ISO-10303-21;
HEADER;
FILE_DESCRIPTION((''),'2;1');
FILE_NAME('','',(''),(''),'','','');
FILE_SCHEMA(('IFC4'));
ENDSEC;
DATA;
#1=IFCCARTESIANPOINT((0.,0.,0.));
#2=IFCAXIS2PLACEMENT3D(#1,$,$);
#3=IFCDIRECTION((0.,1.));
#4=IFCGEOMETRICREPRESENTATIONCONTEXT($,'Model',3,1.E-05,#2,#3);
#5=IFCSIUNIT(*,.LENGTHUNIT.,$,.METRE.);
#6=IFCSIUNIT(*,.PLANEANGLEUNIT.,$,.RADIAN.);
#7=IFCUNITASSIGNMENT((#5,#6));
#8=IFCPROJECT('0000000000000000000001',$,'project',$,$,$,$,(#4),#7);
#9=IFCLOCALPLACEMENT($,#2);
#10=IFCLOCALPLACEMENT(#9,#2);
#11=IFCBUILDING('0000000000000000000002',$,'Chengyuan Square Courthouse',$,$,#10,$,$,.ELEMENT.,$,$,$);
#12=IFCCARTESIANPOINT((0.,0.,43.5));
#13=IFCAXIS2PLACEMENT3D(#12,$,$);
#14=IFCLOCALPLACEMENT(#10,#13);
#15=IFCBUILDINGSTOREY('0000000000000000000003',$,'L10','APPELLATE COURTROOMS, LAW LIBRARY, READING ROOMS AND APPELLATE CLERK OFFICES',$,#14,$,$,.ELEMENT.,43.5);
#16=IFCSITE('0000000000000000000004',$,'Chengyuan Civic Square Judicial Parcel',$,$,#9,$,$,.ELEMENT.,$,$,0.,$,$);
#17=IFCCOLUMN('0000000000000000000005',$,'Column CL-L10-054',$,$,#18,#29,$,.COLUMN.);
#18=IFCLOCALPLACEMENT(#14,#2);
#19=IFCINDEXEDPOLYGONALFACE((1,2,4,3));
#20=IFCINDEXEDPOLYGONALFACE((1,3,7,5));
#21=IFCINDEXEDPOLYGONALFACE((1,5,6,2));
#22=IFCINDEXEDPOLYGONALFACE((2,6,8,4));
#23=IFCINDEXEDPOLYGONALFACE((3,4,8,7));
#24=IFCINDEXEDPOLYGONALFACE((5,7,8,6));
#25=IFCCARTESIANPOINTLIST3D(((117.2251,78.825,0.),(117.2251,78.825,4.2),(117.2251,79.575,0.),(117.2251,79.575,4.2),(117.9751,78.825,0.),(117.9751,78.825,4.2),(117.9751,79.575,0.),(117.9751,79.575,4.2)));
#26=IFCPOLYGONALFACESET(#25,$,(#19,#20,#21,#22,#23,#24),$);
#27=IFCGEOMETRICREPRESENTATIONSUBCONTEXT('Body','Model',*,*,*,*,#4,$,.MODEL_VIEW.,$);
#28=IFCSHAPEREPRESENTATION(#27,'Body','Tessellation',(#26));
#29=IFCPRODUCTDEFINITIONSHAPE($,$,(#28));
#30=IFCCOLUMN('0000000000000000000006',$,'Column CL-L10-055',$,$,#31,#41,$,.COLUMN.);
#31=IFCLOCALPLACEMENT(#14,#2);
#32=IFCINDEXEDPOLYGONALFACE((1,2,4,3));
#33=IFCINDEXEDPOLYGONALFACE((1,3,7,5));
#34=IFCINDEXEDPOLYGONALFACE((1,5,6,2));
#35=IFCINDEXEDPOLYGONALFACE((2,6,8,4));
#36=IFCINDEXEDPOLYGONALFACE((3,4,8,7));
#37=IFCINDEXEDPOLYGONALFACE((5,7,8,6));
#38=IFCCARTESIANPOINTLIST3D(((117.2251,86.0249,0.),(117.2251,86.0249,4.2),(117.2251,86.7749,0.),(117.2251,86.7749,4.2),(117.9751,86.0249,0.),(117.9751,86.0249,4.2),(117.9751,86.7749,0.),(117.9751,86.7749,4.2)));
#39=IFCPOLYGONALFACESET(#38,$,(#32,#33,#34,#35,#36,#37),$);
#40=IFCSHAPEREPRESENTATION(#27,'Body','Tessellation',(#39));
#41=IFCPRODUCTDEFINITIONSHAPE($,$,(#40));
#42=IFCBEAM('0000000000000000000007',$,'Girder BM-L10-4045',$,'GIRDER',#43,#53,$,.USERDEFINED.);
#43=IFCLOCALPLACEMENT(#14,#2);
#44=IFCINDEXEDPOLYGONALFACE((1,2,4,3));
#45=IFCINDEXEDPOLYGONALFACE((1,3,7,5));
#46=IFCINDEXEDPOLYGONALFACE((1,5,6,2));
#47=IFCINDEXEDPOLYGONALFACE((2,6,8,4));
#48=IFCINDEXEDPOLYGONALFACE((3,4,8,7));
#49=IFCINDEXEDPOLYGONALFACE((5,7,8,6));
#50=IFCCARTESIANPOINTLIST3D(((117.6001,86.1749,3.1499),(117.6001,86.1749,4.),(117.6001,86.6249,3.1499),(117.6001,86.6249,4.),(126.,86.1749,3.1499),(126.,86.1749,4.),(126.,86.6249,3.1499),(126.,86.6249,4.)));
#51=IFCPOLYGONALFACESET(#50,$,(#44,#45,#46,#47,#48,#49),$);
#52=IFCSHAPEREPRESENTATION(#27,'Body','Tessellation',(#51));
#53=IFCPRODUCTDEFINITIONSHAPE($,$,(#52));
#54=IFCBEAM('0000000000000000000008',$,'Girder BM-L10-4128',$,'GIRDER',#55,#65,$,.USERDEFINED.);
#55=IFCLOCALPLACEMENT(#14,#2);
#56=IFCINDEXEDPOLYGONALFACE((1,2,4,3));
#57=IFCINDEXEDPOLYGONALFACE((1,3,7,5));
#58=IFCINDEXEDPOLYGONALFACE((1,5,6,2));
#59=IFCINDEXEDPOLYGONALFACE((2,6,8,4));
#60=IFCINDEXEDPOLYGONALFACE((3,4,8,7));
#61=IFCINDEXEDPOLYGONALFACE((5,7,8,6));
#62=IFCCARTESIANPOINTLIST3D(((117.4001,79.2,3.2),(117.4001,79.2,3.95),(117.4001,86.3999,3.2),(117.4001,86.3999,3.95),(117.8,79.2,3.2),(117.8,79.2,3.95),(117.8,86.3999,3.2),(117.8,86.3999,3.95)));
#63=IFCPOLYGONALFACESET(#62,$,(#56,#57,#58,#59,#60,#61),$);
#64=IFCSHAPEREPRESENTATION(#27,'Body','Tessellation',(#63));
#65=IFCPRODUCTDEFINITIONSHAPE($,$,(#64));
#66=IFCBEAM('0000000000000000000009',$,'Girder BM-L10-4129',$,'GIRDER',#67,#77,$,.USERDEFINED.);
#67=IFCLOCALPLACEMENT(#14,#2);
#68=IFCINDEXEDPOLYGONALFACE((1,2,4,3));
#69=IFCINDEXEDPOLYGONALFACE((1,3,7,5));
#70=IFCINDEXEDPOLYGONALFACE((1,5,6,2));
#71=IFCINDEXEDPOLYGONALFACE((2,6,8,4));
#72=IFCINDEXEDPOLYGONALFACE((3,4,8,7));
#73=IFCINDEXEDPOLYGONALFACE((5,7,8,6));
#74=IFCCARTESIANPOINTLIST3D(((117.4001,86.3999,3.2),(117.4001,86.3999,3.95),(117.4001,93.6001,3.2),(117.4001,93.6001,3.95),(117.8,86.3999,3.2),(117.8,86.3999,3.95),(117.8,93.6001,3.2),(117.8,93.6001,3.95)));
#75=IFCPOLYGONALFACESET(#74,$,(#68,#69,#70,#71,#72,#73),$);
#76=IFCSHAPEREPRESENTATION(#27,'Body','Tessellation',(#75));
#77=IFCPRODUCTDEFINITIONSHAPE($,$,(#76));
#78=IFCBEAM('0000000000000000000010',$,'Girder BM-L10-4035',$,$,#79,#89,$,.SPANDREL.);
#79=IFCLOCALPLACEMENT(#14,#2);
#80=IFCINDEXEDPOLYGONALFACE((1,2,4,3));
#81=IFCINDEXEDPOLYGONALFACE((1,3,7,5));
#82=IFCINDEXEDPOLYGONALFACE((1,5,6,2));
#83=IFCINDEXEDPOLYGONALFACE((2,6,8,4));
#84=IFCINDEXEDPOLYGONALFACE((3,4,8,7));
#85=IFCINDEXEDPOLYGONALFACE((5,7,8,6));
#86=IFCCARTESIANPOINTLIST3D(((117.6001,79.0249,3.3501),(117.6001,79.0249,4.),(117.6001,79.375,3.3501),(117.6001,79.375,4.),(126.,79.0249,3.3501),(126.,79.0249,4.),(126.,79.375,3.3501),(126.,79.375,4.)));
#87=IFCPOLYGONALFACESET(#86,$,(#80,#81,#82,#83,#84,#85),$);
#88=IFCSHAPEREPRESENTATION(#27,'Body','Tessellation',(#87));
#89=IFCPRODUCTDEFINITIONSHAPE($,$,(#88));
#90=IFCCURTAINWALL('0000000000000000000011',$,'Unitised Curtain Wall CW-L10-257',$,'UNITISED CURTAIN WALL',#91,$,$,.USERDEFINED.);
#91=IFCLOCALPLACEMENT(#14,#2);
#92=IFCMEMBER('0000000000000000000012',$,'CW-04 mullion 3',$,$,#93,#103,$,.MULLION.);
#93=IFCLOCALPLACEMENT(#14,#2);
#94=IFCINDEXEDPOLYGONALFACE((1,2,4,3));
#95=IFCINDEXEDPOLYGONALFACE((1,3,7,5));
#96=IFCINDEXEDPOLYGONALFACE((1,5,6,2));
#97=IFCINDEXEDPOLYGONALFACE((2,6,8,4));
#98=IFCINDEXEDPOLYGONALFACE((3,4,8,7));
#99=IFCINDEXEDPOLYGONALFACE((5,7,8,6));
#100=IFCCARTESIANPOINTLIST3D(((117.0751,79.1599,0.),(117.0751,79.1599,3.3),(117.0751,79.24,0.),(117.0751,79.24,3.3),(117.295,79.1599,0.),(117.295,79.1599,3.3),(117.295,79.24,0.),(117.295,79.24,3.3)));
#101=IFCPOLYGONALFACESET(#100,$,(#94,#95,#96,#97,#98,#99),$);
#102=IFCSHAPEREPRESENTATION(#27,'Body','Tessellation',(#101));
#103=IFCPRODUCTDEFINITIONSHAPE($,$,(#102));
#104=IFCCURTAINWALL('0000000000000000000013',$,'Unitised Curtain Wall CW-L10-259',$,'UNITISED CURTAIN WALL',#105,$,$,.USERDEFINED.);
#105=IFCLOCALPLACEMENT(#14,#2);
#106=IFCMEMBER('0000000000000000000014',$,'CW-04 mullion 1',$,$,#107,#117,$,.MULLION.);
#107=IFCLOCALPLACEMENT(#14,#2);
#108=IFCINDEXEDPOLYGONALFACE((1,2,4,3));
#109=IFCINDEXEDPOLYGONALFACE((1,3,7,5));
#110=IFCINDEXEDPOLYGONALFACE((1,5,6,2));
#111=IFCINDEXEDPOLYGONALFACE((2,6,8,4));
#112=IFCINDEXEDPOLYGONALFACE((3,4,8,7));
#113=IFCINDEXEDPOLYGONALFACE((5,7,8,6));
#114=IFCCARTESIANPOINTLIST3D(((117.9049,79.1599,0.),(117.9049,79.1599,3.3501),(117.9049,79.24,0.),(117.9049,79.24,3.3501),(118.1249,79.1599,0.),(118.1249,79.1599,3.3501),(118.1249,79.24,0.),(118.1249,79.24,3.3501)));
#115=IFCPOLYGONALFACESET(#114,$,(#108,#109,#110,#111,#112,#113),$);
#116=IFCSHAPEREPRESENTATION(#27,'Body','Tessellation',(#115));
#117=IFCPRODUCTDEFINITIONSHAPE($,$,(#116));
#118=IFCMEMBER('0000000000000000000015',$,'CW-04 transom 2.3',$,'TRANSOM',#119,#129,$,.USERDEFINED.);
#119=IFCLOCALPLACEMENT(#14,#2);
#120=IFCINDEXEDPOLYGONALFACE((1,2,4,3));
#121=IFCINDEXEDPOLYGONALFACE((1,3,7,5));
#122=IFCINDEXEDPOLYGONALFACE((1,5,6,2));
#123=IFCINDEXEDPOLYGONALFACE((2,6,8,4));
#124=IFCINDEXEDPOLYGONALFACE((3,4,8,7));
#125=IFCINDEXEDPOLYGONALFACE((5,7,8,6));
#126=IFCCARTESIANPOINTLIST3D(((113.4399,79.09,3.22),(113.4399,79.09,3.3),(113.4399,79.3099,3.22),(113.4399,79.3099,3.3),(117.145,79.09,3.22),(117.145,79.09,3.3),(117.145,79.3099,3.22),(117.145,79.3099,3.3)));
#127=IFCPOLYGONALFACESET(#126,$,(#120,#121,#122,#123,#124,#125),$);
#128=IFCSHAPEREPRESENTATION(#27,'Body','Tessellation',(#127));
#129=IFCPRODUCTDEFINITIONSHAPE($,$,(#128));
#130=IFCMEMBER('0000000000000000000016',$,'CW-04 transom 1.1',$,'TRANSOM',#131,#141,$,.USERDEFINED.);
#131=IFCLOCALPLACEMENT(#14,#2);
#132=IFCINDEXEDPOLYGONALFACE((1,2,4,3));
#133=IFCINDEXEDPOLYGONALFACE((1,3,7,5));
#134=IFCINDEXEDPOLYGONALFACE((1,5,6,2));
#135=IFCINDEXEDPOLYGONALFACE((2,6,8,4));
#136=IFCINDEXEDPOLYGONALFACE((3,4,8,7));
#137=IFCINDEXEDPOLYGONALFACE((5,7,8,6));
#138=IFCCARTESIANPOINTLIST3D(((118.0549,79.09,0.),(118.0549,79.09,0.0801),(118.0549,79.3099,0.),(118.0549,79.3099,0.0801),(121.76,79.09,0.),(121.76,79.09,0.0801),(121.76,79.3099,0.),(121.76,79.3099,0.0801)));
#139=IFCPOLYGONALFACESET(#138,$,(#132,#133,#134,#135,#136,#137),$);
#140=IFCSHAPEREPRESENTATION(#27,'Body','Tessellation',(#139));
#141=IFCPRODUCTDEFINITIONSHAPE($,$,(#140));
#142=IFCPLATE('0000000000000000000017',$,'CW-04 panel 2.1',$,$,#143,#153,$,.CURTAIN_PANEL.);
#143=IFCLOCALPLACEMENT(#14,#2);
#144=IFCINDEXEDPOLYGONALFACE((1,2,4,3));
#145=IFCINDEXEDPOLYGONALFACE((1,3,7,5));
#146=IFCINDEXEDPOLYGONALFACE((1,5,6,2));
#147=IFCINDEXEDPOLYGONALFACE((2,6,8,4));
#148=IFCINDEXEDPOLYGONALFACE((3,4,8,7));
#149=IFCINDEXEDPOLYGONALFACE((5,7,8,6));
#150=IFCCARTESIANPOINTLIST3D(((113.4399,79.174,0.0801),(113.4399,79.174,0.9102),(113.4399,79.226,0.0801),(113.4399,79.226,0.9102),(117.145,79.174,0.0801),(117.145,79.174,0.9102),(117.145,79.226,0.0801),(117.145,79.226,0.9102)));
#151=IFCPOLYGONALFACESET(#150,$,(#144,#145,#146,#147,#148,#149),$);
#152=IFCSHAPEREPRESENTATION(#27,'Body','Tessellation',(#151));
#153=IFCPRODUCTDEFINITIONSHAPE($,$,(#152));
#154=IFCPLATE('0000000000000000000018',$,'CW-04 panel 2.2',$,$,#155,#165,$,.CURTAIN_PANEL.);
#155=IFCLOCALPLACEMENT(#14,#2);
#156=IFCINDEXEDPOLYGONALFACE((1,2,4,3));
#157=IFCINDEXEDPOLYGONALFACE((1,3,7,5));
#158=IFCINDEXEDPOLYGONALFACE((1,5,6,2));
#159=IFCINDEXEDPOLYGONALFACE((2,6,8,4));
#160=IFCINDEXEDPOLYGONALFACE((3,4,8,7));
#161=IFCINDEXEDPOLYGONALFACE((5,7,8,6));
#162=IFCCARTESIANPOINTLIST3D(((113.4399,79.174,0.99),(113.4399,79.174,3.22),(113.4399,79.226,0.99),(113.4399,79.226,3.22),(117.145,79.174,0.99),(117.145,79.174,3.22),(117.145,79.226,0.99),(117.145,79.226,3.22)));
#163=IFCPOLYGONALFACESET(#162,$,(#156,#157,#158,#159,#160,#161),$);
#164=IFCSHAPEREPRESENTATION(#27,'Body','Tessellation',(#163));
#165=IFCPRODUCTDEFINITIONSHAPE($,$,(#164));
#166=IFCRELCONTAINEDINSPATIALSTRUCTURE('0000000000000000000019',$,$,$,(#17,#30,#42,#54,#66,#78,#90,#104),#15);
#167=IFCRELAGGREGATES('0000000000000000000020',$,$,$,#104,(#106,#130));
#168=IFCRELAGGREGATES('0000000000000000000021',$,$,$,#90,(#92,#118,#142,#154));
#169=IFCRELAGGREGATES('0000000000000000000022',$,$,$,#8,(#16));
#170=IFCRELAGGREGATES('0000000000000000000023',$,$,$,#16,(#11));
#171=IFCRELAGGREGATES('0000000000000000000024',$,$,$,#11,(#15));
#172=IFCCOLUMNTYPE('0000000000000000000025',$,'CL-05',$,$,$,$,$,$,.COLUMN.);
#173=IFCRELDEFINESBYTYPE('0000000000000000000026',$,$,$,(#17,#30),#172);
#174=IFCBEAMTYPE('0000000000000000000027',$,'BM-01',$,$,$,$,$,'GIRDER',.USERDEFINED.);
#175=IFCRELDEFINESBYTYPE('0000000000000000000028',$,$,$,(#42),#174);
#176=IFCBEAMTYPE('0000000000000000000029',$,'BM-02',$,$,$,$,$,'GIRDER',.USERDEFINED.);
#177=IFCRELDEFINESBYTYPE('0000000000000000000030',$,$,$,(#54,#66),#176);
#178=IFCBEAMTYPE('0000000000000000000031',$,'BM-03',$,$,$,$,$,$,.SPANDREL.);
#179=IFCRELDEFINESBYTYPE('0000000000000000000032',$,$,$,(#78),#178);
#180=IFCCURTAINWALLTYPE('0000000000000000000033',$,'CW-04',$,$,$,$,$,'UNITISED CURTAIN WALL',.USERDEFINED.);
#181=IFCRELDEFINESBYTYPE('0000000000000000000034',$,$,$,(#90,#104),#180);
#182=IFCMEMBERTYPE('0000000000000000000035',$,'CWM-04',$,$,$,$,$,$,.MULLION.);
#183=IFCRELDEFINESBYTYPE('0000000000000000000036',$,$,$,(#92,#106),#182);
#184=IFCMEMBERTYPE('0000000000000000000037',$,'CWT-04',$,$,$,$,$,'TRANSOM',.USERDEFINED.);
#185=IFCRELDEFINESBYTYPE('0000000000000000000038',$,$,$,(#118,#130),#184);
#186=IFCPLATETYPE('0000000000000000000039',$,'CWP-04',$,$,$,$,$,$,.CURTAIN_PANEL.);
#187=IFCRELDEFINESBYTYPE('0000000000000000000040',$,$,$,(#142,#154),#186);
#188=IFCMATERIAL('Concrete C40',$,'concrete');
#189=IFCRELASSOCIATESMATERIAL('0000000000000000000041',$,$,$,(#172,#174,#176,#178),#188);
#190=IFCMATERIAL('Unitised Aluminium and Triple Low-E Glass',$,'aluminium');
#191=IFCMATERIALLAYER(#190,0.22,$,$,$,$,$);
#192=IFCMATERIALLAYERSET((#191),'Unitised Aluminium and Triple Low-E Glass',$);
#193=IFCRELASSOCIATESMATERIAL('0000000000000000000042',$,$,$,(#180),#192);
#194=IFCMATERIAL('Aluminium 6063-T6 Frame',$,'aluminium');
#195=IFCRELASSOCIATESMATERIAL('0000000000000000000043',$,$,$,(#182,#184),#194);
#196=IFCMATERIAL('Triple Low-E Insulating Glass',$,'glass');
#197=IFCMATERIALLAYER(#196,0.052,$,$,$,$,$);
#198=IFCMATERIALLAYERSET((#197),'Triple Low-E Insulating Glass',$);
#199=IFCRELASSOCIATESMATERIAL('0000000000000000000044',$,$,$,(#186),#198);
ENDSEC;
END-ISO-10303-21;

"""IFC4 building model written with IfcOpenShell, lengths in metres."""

from ifc_helpers import new_model, si_unit, direction, frame, origin, origin_2d, place, context, subcontext, project, spatial, rectangle, extrude, material, layer, layer_set, material_profile, profile_set, type_object, element, aggregate, save


model = new_model("IFC4")

# Units and contexts
model_context = context("Model", 3, precision=1e-05, world=origin(), true_north=direction((0.0, 1.0)))
body_context = subcontext(model_context, "Body", "Model", "MODEL_VIEW")
ifc_project = project(units=[si_unit("LENGTHUNIT", "METRE"), si_unit("PLANEANGLEUNIT", "RADIAN")], contexts=[model_context])

# Site, building, storey
site_placement = place(None, origin())
site = spatial("IfcSite", under=ifc_project, at=site_placement, Name="Chengyuan Civic Square Judicial Parcel", CompositionType="ELEMENT", RefElevation=0.0)
building_placement = place(site_placement, origin())
building = spatial("IfcBuilding", under=site, at=building_placement, Name="Chengyuan Square Courthouse", CompositionType="ELEMENT")
storey_placement = place(building_placement, frame((0.0, 0.0, 43.5)))
storey = spatial("IfcBuildingStorey", under=building, at=storey_placement, Name="L10", Description="APPELLATE COURTROOMS, LAW LIBRARY, READING ROOMS AND APPELLATE CLERK OFFICES", CompositionType="ELEMENT", Elevation=43.5)

# Columns
ifc_material_1 = material(Name="Concrete C40", Category="concrete")
ifc_material_profile_1 = material_profile(ifc_material_1, rectangle(XDim=0.75, YDim=0.75, at=origin_2d()), Name="RC-COL-750x750")
ifc_profile_set_1 = profile_set([ifc_material_profile_1], Name="Concrete C40")
column_type = type_object("IfcColumnType", Name="CL-05", PredefinedType="COLUMN", material=ifc_profile_set_1)
for number, where, z_axis, x_axis, name in (
    (1, (117.6001, 79.2, 0.0), (0.0, 0.0, 1.0), (1.0, 0.0, 0.0), "Column CL-L10-054"),
    (2, (117.6001, 86.3999, 0.0), (0.0, 0.0, 1.0), (1.0, 0.0, 0.0), "Column CL-L10-055"),
):
    element("IfcColumn", number, at=place(storey_placement, frame(where, z_axis=z_axis, x_axis=x_axis)), inside=storey, type_object=column_type, Name=name, PredefinedType="COLUMN", context=body_context, shape_type="SweptSolid", body=[
        extrude(rectangle(XDim=0.75, YDim=0.75, at=origin_2d()), origin(), (0.0, 0.0, 1.0), 4.2),
    ])

# Beams
ifc_material_profile_2 = material_profile(ifc_material_1, rectangle(XDim=0.45, YDim=0.8501, at=origin_2d()), Name="RC-BM-450x850")
ifc_profile_set_2 = profile_set([ifc_material_profile_2], Name="Concrete C40")
beam_type_1 = type_object("IfcBeamType", Name="BM-01", ElementType="GIRDER", PredefinedType="USERDEFINED", material=ifc_profile_set_2)
beam_1_placement = place(storey_placement, frame((117.6001, 86.3999, 3.575), z_axis=(1.0, 0.0, 0.0), x_axis=(0.0, 1.0, 0.0)))
element("IfcBeam", 3, at=beam_1_placement, inside=storey, type_object=beam_type_1, Name="Girder BM-L10-4045", ObjectType="GIRDER", PredefinedType="USERDEFINED", context=body_context, shape_type="SweptSolid", body=[
    extrude(rectangle(XDim=0.45, YDim=0.8501, at=origin_2d()), origin(), (0.0, 0.0, 1.0), 8.3999),
])
ifc_material_profile_3 = material_profile(ifc_material_1, rectangle(XDim=0.3999, YDim=0.75, at=origin_2d()), Name="RC-BM-400x750")
ifc_profile_set_3 = profile_set([ifc_material_profile_3], Name="Concrete C40")
beam_type_2 = type_object("IfcBeamType", Name="BM-02", ElementType="GIRDER", PredefinedType="USERDEFINED", material=ifc_profile_set_3)
beam_2_placement = place(storey_placement, frame((117.6001, 79.2, 3.575), z_axis=(0.0, 1.0, 0.0), x_axis=(-1.0, 0.0, 0.0)))
element("IfcBeam", 4, at=beam_2_placement, inside=storey, type_object=beam_type_2, Name="Girder BM-L10-4128", ObjectType="GIRDER", PredefinedType="USERDEFINED", context=body_context, shape_type="SweptSolid", body=[
    extrude(rectangle(XDim=0.3999, YDim=0.75, at=origin_2d()), origin(), (0.0, 0.0, 1.0), 7.2),
])
beam_3_placement = place(storey_placement, frame((117.6001, 86.3999, 3.575), z_axis=(0.0, 1.0, 0.0), x_axis=(-1.0, 0.0, 0.0)))
element("IfcBeam", 5, at=beam_3_placement, inside=storey, type_object=beam_type_2, Name="Girder BM-L10-4129", ObjectType="GIRDER", PredefinedType="USERDEFINED", context=body_context, shape_type="SweptSolid", body=[
    extrude(rectangle(XDim=0.3999, YDim=0.75, at=origin_2d()), origin(), (0.0, 0.0, 1.0), 7.2002),
])
ifc_material_profile_4 = material_profile(ifc_material_1, rectangle(XDim=0.3501, YDim=0.6499, at=origin_2d()), Name="RC-BM-350x650")
ifc_profile_set_4 = profile_set([ifc_material_profile_4], Name="Concrete C40")
beam_type_3 = type_object("IfcBeamType", Name="BM-03", PredefinedType="SPANDREL", material=ifc_profile_set_4)
beam_4_placement = place(storey_placement, frame((117.6001, 79.2, 3.675), z_axis=(1.0, 0.0, 0.0), x_axis=(0.0, 1.0, 0.0)))
element("IfcBeam", 6, at=beam_4_placement, inside=storey, type_object=beam_type_3, Name="Girder BM-L10-4035", PredefinedType="SPANDREL", context=body_context, shape_type="SweptSolid", body=[
    extrude(rectangle(XDim=0.3501, YDim=0.6499, at=origin_2d()), origin(), (0.0, 0.0, 1.0), 8.3999),
])

# Curtain walls, members
ifc_material_2 = material(Name="Unitised Aluminium and Triple Low-E Glass", Category="aluminium")
ifc_layer_1 = layer(ifc_material_2, 0.22)
ifc_layer_set_1 = layer_set([ifc_layer_1], Name="Unitised Aluminium and Triple Low-E Glass")
curtain_wall_type = type_object("IfcCurtainWallType", Name="CW-04", ElementType="UNITISED CURTAIN WALL", PredefinedType="USERDEFINED", material=ifc_layer_set_1)
curtain_wall_1_placement = place(storey_placement, origin())
curtain_wall_1 = element("IfcCurtainWall", 7, at=curtain_wall_1_placement, inside=storey, type_object=curtain_wall_type, Name="Unitised Curtain Wall CW-L10-257", ObjectType="UNITISED CURTAIN WALL", PredefinedType="USERDEFINED")
ifc_material_3 = material(Name="Aluminium 6063-T6 Frame", Category="aluminium")
ifc_material_profile_5 = material_profile(ifc_material_3, rectangle(XDim=0.0801, YDim=0.22, at=origin_2d()), Name="CW-MUL-80x220")
ifc_profile_set_5 = profile_set([ifc_material_profile_5], Name="Aluminium 6063-T6 Frame")
member_type_1 = type_object("IfcMemberType", Name="CWM-04", PredefinedType="MULLION", material=ifc_profile_set_5)
member_1_placement = place(storey_placement, frame((117.1851, 79.2, 0.0), z_axis=(0.0, 0.0, 1.0), x_axis=(0.0, 1.0, 0.0)))
member_1 = element("IfcMember", 8, at=member_1_placement, type_object=member_type_1, Name="CW-04 mullion 3", PredefinedType="MULLION", context=body_context, shape_type="SweptSolid", body=[
    extrude(rectangle(XDim=0.0801, YDim=0.22, at=origin_2d()), origin(), (0.0, 0.0, 1.0), 3.3),
])
curtain_wall_2_placement = place(storey_placement, origin())
curtain_wall_2 = element("IfcCurtainWall", 9, at=curtain_wall_2_placement, inside=storey, type_object=curtain_wall_type, Name="Unitised Curtain Wall CW-L10-259", ObjectType="UNITISED CURTAIN WALL", PredefinedType="USERDEFINED")
member_2_placement = place(storey_placement, frame((118.0149, 79.2, 0.0), z_axis=(0.0, 0.0, 1.0), x_axis=(0.0, 1.0, 0.0)))
member_2 = element("IfcMember", 10, at=member_2_placement, type_object=member_type_1, Name="CW-04 mullion 1", PredefinedType="MULLION", context=body_context, shape_type="SweptSolid", body=[
    extrude(rectangle(XDim=0.0801, YDim=0.22, at=origin_2d()), origin(), (0.0, 0.0, 1.0), 3.3501),
])

# Members
ifc_material_profile_6 = material_profile(ifc_material_3, rectangle(XDim=0.22, YDim=0.0801, at=origin_2d()), Name="CW-TRN-80x180")
ifc_profile_set_6 = profile_set([ifc_material_profile_6], Name="Aluminium 6063-T6 Frame")
member_type_2 = type_object("IfcMemberType", Name="CWT-04", ElementType="TRANSOM", PredefinedType="USERDEFINED", material=ifc_profile_set_6)
member_3_placement = place(storey_placement, frame((113.4399, 79.2, 3.26), z_axis=(1.0, 0.0, 0.0), x_axis=(0.0, 1.0, 0.0)))
member_3 = element("IfcMember", 11, at=member_3_placement, type_object=member_type_2, Name="CW-04 transom 2.3", ObjectType="TRANSOM", PredefinedType="USERDEFINED", context=body_context, shape_type="SweptSolid", body=[
    extrude(rectangle(XDim=0.22, YDim=0.0801, at=origin_2d()), origin(), (0.0, 0.0, 1.0), 3.7051),
])
member_4_placement = place(storey_placement, frame((118.0549, 79.2, 0.04), z_axis=(1.0, 0.0, 0.0), x_axis=(0.0, 1.0, 0.0)))
member_4 = element("IfcMember", 12, at=member_4_placement, type_object=member_type_2, Name="CW-04 transom 1.1", ObjectType="TRANSOM", PredefinedType="USERDEFINED", context=body_context, shape_type="SweptSolid", body=[
    extrude(rectangle(XDim=0.22, YDim=0.0801, at=origin_2d()), origin(), (0.0, 0.0, 1.0), 3.7051),
])
aggregate(curtain_wall_2, [member_2, member_4])

# Plates
ifc_material_4 = material(Name="Triple Low-E Insulating Glass", Category="glass")
ifc_layer_2 = layer(ifc_material_4, 0.052)
ifc_layer_set_2 = layer_set([ifc_layer_2], Name="Triple Low-E Insulating Glass")
plate_type = type_object("IfcPlateType", Name="CWP-04", PredefinedType="CURTAIN_PANEL", material=ifc_layer_set_2)
plate_1_placement = place(storey_placement, frame((115.2925, 79.2, 0.0801), z_axis=(0.0, 0.0, 1.0), x_axis=(1.0, 0.0, 0.0)))
plate_1 = element("IfcPlate", 13, at=plate_1_placement, type_object=plate_type, Name="CW-04 panel 2.1", PredefinedType="CURTAIN_PANEL", context=body_context, shape_type="SweptSolid", body=[
    extrude(rectangle(XDim=3.7051, YDim=0.052, at=origin_2d()), origin(), (0.0, 0.0, 1.0), 0.8301),
])
plate_2_placement = place(storey_placement, frame((115.2925, 79.2, 0.99), z_axis=(0.0, 0.0, 1.0), x_axis=(1.0, 0.0, 0.0)))
plate_2 = element("IfcPlate", 14, at=plate_2_placement, type_object=plate_type, Name="CW-04 panel 2.2", PredefinedType="CURTAIN_PANEL", context=body_context, shape_type="SweptSolid", body=[
    extrude(rectangle(XDim=3.7051, YDim=0.052, at=origin_2d()), origin(), (0.0, 0.0, 1.0), 2.23),
])
aggregate(curtain_wall_1, [member_1, member_3, plate_1, plate_2])

save(model, "model.ifc")
